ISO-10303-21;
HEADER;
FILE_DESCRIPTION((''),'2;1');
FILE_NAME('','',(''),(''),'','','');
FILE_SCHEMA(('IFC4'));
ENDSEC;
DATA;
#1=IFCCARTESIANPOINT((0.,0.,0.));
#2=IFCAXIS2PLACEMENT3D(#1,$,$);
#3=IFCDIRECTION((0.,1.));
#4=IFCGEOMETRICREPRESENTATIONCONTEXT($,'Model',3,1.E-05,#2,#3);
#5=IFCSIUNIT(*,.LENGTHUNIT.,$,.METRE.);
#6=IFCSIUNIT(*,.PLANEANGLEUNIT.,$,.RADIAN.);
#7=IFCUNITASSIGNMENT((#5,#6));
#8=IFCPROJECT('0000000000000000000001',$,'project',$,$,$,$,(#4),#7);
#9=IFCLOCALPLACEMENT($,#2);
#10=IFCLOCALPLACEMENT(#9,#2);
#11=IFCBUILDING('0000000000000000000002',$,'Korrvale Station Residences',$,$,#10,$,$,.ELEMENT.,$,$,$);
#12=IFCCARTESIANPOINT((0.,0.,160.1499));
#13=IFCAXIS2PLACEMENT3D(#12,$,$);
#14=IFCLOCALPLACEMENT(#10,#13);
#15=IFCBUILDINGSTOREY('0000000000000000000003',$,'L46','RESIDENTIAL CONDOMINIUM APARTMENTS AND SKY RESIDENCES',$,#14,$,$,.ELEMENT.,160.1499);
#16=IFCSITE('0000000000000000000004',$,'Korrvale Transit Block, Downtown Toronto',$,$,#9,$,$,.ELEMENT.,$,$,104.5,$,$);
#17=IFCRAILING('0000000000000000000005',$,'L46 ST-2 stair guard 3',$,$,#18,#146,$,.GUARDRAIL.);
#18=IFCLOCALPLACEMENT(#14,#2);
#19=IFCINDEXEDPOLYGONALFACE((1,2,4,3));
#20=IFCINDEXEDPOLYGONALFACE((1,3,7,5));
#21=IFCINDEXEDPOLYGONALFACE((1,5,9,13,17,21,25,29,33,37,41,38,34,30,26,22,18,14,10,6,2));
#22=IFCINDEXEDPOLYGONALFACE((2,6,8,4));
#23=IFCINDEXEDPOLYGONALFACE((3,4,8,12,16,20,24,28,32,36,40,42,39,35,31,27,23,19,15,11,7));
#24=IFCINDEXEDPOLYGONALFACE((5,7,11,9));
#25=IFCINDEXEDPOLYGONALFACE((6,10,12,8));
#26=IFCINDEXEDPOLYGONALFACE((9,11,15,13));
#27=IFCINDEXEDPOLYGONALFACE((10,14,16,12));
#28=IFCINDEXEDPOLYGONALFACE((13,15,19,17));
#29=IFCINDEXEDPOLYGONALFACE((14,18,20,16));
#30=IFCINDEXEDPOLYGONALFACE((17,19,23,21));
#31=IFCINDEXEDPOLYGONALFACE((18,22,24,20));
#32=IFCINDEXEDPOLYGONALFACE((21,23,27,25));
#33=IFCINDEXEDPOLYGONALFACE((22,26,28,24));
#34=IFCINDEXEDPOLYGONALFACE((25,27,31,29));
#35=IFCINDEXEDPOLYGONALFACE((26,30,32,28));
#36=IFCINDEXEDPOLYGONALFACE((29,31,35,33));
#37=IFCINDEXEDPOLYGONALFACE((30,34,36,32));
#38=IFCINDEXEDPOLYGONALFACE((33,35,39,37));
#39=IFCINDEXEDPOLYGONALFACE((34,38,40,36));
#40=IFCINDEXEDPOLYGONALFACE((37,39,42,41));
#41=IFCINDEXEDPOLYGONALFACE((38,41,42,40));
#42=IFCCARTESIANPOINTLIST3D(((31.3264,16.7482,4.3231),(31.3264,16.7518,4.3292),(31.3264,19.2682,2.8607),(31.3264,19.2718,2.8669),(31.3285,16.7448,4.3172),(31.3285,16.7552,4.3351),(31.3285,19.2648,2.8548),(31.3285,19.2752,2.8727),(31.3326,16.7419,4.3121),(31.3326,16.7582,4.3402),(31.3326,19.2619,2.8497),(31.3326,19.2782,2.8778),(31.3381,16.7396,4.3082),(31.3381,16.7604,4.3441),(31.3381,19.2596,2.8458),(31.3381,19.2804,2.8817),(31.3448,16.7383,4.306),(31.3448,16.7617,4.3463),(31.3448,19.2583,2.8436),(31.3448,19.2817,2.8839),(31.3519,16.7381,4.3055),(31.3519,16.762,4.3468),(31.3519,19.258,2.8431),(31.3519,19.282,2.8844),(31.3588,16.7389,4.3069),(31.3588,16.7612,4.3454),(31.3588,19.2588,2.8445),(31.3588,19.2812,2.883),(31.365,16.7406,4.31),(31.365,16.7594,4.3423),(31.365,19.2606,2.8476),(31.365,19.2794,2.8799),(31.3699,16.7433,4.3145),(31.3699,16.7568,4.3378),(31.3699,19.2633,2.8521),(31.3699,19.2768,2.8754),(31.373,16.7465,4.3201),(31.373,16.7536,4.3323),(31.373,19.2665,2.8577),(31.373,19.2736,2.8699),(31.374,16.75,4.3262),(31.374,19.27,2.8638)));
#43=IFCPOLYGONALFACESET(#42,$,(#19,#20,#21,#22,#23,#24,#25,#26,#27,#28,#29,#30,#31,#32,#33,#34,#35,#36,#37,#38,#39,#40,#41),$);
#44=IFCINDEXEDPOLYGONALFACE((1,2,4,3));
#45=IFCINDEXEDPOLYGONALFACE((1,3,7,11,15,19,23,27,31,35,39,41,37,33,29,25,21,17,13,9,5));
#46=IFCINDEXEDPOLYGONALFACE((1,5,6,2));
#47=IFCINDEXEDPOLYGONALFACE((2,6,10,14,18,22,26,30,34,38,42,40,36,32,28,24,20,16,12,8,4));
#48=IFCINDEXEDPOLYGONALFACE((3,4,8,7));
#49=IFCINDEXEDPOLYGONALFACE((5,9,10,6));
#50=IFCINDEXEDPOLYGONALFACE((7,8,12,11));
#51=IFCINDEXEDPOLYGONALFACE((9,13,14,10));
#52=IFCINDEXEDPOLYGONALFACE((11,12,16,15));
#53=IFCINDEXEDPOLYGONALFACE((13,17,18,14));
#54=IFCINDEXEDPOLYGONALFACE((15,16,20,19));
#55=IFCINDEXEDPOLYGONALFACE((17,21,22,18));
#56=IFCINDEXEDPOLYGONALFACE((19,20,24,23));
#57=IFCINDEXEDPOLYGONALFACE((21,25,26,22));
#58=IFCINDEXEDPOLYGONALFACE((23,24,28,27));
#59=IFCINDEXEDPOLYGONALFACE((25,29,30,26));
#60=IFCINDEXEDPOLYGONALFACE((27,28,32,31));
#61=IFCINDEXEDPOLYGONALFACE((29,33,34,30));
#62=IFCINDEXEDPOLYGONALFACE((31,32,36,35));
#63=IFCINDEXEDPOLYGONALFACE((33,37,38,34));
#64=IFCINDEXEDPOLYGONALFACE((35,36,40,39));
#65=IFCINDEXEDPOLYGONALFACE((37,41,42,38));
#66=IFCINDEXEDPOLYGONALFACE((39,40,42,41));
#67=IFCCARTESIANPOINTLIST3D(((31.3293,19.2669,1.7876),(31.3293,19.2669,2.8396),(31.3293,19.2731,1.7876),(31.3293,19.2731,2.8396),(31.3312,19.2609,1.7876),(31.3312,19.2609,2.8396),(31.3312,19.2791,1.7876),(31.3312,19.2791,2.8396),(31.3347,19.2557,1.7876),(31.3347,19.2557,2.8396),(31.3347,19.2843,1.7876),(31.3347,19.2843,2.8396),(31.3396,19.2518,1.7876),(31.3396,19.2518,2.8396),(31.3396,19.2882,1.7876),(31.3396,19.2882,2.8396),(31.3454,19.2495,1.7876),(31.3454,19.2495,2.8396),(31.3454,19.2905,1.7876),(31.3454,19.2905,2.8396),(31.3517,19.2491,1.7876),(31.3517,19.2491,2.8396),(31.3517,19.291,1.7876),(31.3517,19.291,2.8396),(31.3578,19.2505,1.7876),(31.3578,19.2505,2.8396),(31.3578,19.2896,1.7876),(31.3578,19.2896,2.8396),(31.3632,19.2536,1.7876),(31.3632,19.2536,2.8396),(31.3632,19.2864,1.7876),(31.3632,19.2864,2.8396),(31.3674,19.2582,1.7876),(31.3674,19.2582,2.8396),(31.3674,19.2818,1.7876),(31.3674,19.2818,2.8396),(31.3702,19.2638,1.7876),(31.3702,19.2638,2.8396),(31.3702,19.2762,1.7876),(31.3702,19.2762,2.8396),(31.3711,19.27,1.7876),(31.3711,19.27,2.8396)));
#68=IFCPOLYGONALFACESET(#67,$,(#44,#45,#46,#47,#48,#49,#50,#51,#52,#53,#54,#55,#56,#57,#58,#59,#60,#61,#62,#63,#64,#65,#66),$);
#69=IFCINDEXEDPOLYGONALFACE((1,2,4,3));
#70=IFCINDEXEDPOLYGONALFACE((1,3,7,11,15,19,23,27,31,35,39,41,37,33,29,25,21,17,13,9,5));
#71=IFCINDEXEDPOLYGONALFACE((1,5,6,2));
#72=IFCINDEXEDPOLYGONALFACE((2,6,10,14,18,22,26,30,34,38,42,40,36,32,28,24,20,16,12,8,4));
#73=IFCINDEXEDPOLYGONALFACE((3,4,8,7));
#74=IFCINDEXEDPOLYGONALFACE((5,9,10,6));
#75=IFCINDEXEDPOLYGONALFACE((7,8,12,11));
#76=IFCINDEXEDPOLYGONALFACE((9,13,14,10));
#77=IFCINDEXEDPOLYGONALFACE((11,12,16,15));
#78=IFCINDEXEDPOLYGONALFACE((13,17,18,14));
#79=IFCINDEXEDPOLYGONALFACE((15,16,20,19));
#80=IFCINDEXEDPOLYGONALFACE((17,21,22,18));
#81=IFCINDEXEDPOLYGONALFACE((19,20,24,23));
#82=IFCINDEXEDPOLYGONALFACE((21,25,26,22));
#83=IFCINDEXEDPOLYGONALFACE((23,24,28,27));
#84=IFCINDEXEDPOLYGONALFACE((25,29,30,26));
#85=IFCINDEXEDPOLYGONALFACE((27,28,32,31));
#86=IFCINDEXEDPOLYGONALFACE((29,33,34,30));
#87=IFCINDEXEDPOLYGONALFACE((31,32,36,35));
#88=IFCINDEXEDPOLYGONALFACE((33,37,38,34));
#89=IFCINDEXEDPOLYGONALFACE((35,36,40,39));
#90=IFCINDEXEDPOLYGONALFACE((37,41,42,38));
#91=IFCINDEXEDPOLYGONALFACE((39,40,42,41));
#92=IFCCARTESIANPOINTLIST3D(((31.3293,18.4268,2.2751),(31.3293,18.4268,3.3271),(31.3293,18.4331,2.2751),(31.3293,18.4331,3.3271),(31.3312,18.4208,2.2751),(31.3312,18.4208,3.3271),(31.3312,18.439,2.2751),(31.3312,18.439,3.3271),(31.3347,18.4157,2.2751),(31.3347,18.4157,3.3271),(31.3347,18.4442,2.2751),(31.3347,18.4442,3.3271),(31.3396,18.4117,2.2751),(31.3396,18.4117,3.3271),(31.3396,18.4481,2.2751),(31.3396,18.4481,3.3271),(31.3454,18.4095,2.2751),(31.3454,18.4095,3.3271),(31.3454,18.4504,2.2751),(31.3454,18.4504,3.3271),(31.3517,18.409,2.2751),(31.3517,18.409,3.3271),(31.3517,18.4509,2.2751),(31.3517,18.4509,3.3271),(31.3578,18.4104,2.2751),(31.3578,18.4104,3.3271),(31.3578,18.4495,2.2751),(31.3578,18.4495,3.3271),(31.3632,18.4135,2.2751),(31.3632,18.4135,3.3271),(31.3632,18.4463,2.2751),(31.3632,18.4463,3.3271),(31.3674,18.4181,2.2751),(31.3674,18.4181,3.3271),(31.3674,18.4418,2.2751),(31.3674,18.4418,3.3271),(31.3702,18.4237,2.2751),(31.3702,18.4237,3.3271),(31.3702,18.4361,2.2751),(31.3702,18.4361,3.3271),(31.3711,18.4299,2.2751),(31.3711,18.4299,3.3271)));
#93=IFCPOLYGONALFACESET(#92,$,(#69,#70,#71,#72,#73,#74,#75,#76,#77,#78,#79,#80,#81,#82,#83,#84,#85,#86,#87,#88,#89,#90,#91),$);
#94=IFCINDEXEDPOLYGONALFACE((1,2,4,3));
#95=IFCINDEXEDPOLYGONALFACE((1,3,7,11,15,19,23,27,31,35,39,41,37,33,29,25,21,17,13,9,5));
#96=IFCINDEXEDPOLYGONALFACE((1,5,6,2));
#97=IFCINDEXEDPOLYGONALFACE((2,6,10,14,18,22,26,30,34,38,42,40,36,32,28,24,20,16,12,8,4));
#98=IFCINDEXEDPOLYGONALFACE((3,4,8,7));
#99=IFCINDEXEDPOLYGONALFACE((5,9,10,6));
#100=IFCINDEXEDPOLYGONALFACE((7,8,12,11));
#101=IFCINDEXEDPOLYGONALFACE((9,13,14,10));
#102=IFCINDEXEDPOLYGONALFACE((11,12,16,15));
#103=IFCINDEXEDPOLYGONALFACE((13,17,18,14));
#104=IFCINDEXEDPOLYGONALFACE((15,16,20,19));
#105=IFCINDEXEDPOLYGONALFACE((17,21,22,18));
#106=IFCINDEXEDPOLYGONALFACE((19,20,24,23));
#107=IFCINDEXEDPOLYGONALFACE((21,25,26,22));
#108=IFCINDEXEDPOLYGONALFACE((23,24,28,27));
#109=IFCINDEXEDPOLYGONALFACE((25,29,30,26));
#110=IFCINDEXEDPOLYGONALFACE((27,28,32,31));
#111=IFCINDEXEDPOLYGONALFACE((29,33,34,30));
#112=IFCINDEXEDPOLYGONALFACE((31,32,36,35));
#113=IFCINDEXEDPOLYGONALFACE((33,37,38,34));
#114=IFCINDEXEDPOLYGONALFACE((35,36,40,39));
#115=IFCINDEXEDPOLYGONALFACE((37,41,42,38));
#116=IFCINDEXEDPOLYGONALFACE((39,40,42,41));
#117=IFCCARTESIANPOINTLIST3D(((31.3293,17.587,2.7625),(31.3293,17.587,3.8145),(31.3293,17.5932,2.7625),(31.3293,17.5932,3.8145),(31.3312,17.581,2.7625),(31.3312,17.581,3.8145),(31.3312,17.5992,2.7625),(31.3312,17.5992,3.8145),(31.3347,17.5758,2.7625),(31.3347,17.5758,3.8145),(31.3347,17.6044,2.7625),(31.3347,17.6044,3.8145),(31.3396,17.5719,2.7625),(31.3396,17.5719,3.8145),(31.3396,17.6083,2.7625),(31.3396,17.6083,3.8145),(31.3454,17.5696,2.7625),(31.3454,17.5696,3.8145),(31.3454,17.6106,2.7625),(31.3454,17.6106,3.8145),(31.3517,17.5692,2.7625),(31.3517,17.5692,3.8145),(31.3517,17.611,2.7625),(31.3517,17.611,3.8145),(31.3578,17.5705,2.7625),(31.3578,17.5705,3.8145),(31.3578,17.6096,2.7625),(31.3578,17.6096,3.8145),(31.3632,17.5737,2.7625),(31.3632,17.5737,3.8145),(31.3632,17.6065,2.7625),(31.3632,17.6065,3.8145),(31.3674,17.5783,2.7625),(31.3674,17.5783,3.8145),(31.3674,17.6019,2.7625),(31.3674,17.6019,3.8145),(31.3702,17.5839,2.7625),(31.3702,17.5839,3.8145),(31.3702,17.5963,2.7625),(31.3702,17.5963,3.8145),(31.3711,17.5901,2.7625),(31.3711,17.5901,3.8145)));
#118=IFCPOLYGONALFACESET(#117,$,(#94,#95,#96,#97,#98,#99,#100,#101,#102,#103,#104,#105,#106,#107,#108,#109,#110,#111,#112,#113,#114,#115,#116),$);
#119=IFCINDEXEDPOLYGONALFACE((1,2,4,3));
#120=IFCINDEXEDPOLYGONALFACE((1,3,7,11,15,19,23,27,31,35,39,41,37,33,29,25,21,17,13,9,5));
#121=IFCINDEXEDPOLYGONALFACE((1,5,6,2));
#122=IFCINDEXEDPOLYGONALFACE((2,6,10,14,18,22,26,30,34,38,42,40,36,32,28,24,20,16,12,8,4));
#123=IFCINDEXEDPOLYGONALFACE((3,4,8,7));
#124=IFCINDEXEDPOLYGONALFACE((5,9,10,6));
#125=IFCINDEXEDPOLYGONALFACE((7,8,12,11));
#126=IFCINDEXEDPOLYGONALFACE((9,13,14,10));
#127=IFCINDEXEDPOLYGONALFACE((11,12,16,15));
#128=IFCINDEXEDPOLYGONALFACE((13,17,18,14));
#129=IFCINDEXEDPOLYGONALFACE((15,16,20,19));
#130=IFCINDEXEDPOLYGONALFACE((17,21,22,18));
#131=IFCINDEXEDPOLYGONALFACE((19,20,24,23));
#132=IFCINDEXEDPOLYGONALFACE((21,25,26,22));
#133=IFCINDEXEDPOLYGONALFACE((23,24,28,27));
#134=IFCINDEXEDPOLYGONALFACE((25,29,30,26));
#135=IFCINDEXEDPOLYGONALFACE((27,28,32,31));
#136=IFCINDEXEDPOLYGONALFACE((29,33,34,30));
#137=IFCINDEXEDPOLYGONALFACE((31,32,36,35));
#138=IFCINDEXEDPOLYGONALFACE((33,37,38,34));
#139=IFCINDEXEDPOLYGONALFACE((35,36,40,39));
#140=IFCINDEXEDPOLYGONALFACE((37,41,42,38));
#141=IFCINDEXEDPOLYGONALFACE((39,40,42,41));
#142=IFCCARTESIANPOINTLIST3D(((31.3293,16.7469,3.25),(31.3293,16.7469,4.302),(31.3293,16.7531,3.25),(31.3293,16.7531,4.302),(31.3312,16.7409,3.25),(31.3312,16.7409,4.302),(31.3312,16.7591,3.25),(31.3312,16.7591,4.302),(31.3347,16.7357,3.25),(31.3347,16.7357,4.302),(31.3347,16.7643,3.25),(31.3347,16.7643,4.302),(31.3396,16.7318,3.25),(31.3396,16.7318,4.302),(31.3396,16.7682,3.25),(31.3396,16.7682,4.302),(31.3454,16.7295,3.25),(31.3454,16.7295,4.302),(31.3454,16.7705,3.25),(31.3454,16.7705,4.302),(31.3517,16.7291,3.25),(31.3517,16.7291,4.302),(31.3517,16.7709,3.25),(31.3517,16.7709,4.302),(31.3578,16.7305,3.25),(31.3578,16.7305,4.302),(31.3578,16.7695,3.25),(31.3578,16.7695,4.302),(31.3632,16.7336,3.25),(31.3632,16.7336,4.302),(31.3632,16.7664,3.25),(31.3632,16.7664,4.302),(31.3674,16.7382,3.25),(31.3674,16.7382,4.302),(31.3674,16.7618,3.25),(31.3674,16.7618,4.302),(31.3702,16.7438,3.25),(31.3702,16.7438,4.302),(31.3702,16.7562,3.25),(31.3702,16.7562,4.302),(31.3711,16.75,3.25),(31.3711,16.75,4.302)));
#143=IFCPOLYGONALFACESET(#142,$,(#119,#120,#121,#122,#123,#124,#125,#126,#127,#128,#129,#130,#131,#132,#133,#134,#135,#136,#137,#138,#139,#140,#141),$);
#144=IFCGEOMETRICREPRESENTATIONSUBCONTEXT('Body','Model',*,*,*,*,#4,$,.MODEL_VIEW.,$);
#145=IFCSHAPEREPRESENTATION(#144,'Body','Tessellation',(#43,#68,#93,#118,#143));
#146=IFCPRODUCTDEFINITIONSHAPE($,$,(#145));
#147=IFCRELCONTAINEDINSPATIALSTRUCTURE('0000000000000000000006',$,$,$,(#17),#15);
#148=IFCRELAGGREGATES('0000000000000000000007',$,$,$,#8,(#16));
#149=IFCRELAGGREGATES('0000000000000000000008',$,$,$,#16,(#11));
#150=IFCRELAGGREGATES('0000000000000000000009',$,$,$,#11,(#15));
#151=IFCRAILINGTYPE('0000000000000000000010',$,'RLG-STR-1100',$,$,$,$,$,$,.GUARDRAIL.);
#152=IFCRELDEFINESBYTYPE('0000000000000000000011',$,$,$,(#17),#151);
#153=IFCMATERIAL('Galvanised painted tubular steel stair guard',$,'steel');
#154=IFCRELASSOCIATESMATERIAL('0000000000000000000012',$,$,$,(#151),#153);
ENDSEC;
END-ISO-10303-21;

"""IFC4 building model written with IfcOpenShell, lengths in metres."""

from ifc_helpers import new_model, si_unit, direction, frame, origin, origin_2d, place, context, subcontext, project, spatial, circle, extrude, material, type_object, element, save


model = new_model("IFC4")

# Units and contexts
model_context = context("Model", 3, precision=1e-05, world=origin(), true_north=direction((0.0, 1.0)))
body_context = subcontext(model_context, "Body", "Model", "MODEL_VIEW")
ifc_project = project(units=[si_unit("LENGTHUNIT", "METRE"), si_unit("PLANEANGLEUNIT", "RADIAN")], contexts=[model_context])

# Site, building, storey
site_placement = place(None, origin())
site = spatial("IfcSite", under=ifc_project, at=site_placement, Name="Korrvale Transit Block, Downtown Toronto", CompositionType="ELEMENT", RefElevation=104.5)
building_placement = place(site_placement, origin())
building = spatial("IfcBuilding", under=site, at=building_placement, Name="Korrvale Station Residences", CompositionType="ELEMENT")
storey_placement = place(building_placement, frame((0.0, 0.0, 160.1499)))
storey = spatial("IfcBuildingStorey", under=building, at=storey_placement, Name="L46", Description="RESIDENTIAL CONDOMINIUM APARTMENTS AND SKY RESIDENCES", CompositionType="ELEMENT", Elevation=160.1499)

# Railing
ifc_material_1 = material(Name="Galvanised painted tubular steel stair guard", Category="steel")
railing_type_1 = type_object("IfcRailingType", Name="RLG-STR-1100", PredefinedType="GUARDRAIL", material=ifc_material_1)
railing_1_placement = place(storey_placement, frame((31.3501, 19.27, 1.7876)))
element("IfcRailing", 1, at=railing_1_placement, inside=storey, type_object=railing_type_1, Name="L46 ST-2 stair guard 3", PredefinedType="GUARDRAIL", context=body_context, shape_type="SweptSolid", body=[
    extrude(circle(Radius=0.0239, at=origin_2d()), frame((0.0, 0.0, 1.0762), z_axis=(0.0, -0.864913, 0.501921), x_axis=(1.0, 0.0, 0.0)), (0.0, 0.0, 1.0), 2.9136),
    extrude(circle(Radius=0.021, at=origin_2d()), origin(), (0.0, 0.0, 1.0), 1.052),
    extrude(circle(Radius=0.021, at=origin_2d()), frame((0.0, -0.8401, 0.4875)), (0.0, 0.0, 1.0), 1.052),
    extrude(circle(Radius=0.021, at=origin_2d()), frame((0.0, -1.6799, 0.9749)), (0.0, 0.0, 1.0), 1.052),
    extrude(circle(Radius=0.021, at=origin_2d()), frame((0.0, -2.52, 1.4624)), (0.0, 0.0, 1.0), 1.052),
])

save(model, "model.ifc")
